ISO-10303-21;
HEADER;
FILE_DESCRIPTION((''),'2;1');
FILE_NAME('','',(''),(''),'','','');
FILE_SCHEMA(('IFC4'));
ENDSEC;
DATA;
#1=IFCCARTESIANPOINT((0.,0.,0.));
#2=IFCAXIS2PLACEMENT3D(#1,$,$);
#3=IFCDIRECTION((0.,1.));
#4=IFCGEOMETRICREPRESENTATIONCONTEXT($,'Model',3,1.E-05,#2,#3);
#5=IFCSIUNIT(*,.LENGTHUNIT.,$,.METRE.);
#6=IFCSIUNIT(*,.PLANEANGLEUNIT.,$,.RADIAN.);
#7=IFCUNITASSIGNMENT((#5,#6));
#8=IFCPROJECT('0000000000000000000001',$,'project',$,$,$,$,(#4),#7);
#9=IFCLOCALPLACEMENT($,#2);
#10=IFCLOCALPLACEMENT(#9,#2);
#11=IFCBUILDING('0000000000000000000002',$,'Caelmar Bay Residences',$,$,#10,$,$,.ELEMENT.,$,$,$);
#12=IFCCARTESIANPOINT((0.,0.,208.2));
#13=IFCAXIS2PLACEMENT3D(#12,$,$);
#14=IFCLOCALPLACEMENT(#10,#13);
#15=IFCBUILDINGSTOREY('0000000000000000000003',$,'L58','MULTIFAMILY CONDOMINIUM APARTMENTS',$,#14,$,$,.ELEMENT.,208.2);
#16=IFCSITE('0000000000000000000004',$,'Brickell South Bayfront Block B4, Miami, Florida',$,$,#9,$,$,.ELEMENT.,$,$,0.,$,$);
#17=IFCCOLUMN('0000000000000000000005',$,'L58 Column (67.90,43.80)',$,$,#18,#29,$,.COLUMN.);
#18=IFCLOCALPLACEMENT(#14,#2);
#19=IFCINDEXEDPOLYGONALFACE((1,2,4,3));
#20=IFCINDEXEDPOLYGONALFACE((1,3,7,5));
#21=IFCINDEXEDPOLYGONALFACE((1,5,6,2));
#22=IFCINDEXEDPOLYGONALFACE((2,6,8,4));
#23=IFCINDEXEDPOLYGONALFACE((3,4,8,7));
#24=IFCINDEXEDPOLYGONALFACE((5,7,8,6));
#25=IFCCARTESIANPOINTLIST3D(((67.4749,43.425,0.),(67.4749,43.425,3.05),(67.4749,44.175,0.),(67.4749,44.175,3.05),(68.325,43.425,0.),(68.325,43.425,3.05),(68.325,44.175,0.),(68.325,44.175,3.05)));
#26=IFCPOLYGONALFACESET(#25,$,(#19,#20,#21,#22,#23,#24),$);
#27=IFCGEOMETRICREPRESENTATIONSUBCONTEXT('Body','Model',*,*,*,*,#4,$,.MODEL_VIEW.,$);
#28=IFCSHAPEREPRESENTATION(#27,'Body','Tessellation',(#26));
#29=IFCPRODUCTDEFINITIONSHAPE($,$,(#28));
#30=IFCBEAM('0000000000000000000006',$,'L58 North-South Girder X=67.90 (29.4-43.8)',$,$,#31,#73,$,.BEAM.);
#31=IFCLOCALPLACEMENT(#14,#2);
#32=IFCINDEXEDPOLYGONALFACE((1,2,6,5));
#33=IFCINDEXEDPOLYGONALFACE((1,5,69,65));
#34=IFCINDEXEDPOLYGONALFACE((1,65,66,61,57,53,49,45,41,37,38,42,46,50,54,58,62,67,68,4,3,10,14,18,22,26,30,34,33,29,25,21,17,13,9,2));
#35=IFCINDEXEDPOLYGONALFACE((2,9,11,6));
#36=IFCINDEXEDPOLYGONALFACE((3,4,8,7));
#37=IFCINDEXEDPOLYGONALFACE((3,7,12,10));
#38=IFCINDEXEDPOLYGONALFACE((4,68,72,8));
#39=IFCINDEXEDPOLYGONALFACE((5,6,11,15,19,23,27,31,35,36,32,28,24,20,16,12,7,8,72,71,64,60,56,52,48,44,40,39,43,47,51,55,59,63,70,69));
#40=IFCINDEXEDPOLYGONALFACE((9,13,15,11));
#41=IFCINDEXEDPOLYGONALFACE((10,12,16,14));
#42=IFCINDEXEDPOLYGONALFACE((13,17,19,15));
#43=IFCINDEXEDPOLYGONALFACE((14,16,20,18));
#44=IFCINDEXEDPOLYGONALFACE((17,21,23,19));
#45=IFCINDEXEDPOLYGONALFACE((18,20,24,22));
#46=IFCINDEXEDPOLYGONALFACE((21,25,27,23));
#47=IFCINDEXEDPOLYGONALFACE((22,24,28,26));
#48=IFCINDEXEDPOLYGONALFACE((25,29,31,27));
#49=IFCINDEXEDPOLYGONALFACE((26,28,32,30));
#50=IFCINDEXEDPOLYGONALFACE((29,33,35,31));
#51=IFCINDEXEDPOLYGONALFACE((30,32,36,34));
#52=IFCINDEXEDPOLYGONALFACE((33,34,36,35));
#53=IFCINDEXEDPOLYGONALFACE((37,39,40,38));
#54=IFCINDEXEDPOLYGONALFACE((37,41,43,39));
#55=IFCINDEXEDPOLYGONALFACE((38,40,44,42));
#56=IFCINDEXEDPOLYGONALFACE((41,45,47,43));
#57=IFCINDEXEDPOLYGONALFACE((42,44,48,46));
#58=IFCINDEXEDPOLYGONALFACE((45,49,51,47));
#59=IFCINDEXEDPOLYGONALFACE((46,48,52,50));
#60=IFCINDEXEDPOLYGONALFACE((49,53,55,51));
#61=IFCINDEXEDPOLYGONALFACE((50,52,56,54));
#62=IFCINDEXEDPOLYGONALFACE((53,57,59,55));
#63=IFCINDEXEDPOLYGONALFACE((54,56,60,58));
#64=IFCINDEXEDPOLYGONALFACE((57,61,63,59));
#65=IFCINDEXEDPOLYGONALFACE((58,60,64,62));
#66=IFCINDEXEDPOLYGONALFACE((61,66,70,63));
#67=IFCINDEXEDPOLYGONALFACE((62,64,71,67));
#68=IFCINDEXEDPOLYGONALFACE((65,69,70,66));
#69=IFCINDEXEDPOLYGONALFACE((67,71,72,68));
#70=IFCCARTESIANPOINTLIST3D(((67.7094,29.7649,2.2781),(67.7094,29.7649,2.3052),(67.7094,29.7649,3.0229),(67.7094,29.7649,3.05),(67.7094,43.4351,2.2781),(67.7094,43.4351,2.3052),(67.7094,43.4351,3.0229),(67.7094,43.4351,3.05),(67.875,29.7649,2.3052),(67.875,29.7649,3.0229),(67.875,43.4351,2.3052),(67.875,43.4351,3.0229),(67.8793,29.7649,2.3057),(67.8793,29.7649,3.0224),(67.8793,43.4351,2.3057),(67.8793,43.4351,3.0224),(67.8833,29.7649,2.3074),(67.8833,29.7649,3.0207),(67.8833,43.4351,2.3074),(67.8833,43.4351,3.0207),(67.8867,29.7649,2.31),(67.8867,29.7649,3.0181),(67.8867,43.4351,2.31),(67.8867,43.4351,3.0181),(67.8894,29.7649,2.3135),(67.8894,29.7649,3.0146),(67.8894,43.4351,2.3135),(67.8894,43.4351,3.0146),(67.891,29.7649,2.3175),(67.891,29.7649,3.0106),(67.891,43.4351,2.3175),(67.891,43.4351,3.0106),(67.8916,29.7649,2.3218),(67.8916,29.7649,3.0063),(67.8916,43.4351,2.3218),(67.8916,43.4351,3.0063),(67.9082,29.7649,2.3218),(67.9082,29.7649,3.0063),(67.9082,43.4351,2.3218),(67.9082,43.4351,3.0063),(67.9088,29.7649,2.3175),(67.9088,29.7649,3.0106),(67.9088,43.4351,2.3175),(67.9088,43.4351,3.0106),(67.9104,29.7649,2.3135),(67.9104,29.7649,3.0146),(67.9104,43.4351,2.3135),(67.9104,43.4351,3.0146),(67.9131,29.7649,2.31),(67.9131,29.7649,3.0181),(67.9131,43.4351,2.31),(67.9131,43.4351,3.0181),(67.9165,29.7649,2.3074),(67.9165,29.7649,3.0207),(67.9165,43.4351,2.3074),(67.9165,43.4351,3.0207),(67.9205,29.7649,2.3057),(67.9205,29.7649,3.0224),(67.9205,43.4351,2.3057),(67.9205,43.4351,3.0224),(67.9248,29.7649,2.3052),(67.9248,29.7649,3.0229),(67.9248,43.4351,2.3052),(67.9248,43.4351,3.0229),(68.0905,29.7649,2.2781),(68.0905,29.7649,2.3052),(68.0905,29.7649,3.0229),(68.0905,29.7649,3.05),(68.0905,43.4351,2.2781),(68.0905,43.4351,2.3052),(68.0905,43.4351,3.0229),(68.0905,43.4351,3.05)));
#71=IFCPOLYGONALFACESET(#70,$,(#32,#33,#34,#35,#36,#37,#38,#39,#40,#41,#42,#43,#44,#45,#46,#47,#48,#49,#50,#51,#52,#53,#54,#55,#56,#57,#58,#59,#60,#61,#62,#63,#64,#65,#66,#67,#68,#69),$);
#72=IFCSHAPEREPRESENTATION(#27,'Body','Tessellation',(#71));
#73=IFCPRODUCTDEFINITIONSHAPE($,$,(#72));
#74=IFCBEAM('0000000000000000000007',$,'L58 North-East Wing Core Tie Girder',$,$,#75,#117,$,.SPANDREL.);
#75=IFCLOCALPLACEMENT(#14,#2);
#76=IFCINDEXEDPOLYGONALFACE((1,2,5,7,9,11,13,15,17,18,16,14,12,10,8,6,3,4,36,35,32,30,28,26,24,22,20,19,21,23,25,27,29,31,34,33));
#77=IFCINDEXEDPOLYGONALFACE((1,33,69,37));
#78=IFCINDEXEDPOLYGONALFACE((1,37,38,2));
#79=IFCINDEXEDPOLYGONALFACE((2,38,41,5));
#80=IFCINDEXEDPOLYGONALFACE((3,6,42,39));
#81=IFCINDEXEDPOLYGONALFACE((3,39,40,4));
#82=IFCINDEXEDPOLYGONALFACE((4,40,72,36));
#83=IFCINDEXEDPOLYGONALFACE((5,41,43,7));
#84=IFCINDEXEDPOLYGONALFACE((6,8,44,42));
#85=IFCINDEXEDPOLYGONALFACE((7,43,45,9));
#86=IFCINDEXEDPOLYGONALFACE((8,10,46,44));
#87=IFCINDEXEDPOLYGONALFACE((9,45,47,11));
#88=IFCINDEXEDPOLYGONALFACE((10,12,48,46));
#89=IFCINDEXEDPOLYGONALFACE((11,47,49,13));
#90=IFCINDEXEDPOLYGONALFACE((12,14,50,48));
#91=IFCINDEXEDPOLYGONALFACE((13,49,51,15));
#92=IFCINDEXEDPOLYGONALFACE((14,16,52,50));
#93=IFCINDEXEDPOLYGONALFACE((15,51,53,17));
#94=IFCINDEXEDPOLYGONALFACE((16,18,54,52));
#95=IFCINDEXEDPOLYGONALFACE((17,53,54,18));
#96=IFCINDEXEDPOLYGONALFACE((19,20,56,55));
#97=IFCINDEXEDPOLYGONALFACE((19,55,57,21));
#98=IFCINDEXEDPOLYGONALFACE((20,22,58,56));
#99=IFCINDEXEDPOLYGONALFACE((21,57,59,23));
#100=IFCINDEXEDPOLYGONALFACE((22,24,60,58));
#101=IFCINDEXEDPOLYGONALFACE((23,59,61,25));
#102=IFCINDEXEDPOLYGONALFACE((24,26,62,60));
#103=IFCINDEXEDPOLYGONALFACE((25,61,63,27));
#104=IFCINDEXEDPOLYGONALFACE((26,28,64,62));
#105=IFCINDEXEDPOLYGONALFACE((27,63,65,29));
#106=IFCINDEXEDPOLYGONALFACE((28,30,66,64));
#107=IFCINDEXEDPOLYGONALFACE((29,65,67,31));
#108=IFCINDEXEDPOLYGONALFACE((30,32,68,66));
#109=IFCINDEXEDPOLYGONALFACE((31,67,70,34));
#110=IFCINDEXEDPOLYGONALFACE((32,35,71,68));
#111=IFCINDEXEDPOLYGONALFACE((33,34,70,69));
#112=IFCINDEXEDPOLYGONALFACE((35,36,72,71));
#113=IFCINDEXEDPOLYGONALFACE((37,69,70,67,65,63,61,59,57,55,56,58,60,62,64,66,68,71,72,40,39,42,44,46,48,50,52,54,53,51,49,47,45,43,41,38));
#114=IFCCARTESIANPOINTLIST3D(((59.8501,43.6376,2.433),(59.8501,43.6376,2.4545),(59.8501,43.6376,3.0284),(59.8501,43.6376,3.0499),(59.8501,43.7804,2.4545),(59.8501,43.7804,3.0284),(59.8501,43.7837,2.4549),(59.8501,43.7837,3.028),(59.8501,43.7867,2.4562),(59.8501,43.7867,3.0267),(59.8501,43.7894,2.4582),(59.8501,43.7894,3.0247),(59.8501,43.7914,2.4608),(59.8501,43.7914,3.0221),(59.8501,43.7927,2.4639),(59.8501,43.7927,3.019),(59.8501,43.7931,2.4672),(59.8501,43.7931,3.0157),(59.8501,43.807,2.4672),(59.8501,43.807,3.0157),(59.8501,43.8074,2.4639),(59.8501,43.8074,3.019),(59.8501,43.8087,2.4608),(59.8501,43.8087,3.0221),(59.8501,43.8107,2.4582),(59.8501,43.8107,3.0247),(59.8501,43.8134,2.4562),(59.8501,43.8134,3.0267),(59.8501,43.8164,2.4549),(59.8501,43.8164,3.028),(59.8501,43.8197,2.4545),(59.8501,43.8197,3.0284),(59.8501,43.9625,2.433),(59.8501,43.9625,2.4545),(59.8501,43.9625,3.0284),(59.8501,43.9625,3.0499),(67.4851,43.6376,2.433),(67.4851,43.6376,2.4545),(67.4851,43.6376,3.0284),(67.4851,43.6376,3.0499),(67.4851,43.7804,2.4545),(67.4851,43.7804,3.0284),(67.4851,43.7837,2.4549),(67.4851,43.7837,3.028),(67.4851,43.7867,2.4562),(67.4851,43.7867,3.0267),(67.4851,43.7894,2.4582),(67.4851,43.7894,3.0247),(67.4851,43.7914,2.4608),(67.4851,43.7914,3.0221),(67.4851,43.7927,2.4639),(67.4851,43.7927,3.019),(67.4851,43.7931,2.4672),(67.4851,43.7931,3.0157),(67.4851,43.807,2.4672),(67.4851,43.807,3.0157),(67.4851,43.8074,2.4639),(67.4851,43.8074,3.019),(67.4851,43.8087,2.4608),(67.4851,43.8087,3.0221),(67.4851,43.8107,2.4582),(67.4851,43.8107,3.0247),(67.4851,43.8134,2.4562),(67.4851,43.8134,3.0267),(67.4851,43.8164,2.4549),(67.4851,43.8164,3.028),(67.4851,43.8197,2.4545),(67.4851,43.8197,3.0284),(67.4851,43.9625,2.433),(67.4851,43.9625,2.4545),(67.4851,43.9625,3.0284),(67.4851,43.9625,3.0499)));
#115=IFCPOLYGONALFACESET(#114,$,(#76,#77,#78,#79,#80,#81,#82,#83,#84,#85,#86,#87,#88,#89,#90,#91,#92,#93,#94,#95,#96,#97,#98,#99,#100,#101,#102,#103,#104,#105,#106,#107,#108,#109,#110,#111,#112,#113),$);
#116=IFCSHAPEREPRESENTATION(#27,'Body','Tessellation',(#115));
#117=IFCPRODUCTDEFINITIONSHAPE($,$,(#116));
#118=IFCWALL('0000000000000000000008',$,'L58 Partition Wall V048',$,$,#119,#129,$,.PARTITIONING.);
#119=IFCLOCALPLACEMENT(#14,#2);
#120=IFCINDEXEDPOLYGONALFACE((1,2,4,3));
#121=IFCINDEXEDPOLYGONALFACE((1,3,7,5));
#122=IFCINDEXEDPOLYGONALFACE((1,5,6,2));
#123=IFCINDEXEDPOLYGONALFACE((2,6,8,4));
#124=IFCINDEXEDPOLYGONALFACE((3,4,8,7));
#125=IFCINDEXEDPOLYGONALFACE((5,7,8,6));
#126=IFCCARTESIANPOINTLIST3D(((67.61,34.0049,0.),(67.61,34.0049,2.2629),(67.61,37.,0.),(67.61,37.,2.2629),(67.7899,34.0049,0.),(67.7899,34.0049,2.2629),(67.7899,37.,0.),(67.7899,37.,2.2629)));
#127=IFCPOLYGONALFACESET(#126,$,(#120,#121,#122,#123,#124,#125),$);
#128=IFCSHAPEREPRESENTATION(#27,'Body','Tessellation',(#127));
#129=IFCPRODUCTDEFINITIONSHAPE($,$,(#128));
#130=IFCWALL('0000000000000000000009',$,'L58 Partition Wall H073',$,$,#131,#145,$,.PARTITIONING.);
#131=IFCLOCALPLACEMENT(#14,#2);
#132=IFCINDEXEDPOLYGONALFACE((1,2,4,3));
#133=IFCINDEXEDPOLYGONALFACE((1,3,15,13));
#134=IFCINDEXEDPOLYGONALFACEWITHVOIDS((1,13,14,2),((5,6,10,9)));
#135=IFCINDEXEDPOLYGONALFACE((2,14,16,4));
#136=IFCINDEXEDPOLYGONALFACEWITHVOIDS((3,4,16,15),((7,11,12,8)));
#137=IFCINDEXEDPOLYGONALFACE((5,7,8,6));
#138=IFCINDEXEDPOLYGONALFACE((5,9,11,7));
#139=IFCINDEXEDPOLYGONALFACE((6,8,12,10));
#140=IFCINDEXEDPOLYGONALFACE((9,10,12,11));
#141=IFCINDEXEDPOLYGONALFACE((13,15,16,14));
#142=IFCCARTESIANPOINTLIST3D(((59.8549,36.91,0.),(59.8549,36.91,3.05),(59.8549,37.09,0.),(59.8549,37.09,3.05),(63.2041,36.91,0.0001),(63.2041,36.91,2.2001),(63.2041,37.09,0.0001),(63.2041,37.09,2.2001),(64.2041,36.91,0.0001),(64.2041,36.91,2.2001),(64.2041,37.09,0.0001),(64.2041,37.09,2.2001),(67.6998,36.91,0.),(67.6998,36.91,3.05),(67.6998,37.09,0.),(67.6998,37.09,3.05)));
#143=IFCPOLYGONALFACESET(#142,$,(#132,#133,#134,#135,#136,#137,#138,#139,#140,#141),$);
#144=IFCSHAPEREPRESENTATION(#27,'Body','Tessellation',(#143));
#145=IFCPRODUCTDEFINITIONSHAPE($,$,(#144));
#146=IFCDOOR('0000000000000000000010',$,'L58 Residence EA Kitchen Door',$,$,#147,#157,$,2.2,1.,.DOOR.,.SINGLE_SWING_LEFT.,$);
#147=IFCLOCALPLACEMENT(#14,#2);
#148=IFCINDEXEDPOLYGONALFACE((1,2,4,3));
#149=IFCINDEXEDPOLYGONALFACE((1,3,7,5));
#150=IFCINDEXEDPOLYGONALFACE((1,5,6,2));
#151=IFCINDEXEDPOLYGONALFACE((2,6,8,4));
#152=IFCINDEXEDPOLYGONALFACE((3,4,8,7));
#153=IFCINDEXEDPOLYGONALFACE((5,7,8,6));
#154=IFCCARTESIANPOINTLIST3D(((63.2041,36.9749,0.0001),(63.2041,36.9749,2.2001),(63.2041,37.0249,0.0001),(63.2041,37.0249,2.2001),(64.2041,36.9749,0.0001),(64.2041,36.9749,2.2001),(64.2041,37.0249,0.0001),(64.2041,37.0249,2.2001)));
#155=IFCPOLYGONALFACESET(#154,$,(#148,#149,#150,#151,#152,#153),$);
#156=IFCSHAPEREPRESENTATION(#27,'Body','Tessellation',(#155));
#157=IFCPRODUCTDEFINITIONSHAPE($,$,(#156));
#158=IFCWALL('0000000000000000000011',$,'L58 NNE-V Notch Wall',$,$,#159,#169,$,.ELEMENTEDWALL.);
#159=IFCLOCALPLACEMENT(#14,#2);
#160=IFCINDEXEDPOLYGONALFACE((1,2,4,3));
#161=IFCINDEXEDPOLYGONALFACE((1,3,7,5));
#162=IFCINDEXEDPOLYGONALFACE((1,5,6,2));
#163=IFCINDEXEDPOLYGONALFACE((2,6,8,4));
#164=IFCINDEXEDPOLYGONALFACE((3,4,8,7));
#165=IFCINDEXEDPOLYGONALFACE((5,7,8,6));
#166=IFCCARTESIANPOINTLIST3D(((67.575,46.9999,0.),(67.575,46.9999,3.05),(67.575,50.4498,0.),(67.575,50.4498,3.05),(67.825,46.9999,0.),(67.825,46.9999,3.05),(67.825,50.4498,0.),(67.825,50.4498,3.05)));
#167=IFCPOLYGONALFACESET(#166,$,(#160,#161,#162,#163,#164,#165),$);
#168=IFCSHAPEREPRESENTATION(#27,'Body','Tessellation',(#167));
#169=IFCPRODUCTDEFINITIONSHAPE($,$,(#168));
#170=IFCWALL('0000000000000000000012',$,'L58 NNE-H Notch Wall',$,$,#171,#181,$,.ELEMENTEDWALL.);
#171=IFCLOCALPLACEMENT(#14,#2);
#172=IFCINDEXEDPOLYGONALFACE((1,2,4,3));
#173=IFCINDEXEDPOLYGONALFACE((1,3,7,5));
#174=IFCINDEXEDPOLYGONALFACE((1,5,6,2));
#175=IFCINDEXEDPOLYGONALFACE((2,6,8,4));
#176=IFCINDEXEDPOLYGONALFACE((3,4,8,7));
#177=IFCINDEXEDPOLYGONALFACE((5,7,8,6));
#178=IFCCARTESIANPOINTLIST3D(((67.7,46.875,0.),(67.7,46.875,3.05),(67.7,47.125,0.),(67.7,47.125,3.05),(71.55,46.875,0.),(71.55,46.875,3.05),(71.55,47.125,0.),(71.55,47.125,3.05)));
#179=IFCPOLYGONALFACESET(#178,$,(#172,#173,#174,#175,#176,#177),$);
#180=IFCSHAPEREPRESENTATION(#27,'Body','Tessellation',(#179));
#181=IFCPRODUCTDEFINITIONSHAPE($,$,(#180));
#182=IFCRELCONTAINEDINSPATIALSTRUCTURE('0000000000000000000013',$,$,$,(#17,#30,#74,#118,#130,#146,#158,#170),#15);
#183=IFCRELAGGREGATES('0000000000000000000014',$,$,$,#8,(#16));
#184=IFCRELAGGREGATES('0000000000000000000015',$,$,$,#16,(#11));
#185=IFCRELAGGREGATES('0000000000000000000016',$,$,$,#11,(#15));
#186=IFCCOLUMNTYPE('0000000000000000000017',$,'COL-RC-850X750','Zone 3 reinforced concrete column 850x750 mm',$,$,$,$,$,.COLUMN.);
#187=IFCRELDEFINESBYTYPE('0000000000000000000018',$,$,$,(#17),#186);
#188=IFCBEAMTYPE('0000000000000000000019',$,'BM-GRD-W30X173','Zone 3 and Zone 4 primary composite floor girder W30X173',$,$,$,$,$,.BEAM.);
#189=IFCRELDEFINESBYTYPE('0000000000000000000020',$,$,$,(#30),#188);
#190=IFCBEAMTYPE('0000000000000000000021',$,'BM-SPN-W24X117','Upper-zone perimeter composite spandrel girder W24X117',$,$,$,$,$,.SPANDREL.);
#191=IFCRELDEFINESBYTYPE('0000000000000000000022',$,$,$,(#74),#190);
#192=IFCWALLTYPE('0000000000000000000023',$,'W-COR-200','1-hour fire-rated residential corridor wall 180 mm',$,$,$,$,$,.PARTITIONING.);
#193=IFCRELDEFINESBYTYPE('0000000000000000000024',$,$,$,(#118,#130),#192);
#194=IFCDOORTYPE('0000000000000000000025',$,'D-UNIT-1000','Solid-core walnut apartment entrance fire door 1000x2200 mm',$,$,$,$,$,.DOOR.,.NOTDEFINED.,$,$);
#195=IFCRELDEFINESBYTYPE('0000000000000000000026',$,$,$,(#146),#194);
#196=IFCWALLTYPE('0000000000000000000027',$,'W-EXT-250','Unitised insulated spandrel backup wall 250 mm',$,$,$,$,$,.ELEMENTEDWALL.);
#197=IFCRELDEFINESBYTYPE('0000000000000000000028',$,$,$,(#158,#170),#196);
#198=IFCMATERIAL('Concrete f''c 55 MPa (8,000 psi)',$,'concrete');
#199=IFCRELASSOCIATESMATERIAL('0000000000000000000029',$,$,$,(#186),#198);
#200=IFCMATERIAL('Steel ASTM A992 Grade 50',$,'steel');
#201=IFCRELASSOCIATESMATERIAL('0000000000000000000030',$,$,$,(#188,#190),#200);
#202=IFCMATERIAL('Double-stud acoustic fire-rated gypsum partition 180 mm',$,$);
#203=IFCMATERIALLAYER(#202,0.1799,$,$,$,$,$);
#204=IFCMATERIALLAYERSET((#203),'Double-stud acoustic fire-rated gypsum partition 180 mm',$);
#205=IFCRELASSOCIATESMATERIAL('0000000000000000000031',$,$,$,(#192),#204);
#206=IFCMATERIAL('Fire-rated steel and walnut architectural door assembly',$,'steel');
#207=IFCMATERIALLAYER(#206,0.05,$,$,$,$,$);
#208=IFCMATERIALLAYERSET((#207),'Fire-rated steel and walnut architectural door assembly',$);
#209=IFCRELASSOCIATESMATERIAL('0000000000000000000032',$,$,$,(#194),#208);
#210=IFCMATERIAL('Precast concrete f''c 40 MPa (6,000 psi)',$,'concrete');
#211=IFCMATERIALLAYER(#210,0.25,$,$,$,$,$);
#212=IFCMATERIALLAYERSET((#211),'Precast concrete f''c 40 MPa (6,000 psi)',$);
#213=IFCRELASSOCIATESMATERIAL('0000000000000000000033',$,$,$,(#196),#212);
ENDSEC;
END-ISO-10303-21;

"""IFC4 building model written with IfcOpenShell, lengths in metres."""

from ifc_helpers import new_model, si_unit, direction, frame, frame_2d, origin, origin_2d, place, context, subcontext, project, spatial, rectangle, i_section, extrude, material, layer, layer_set, material_profile, profile_set, type_object, element, fill, save


model = new_model("IFC4")

# Units and contexts
model_context = context("Model", 3, precision=1e-05, world=origin(), true_north=direction((0.0, 1.0)))
body_context = subcontext(model_context, "Body", "Model", "MODEL_VIEW")
ifc_project = project(units=[si_unit("LENGTHUNIT", "METRE"), si_unit("PLANEANGLEUNIT", "RADIAN")], contexts=[model_context])

# Site, building, storey
site_placement = place(None, origin())
site = spatial("IfcSite", under=ifc_project, at=site_placement, Name="Brickell South Bayfront Block B4, Miami, Florida", CompositionType="ELEMENT", RefElevation=0.0)
building_placement = place(site_placement, origin())
building = spatial("IfcBuilding", under=site, at=building_placement, Name="Caelmar Bay Residences", CompositionType="ELEMENT")
storey_placement = place(building_placement, frame((0.0, 0.0, 208.2)))
storey = spatial("IfcBuildingStorey", under=building, at=storey_placement, Name="L58", Description="MULTIFAMILY CONDOMINIUM APARTMENTS", CompositionType="ELEMENT", Elevation=208.2)

# Column
ifc_material_1 = material(Name="Concrete f'c 55 MPa (8,000 psi)", Category="concrete")
ifc_material_profile_1 = material_profile(ifc_material_1, rectangle(XDim=0.8501, YDim=0.75, at=origin_2d()), Name="RC-COL-850X750")
ifc_profile_set_1 = profile_set([ifc_material_profile_1], Name="Concrete f'c 55 MPa (8,000 psi)")
column_type = type_object("IfcColumnType", Name="COL-RC-850X750", Description="Zone 3 reinforced concrete column 850x750 mm", PredefinedType="COLUMN", material=ifc_profile_set_1)
column_placement = place(storey_placement, frame((67.8999, 43.8, 0.0), z_axis=(0.0, 0.0, 1.0), x_axis=(1.0, 0.0, 0.0)))
element("IfcColumn", 1, at=column_placement, inside=storey, type_object=column_type, Name="L58 Column (67.90,43.80)", PredefinedType="COLUMN", context=body_context, shape_type="SweptSolid", body=[
    extrude(rectangle(XDim=0.8501, YDim=0.75, at=origin_2d()), origin(), (0.0, 0.0, 1.0), 3.05),
])

# Beams
ifc_material_2 = material(Name="Steel ASTM A992 Grade 50", Category="steel")
ifc_material_profile_2 = material_profile(ifc_material_2, i_section(OverallWidth=0.3811, OverallDepth=0.772, WebThickness=0.0166, FlangeThickness=0.0271, FilletRadius=0.0166, at=origin_2d()), Name="W30X173")
ifc_profile_set_2 = profile_set([ifc_material_profile_2], Name="Steel ASTM A992 Grade 50")
beam_type_1 = type_object("IfcBeamType", Name="BM-GRD-W30X173", Description="Zone 3 and Zone 4 primary composite floor girder W30X173", PredefinedType="BEAM", material=ifc_profile_set_2)
beam_1_placement = place(storey_placement, frame((67.8999, 29.7649, 2.6641), z_axis=(0.0, 1.0, 0.0), x_axis=(-1.0, 0.0, 0.0)))
element("IfcBeam", 2, at=beam_1_placement, inside=storey, type_object=beam_type_1, Name="L58 North-South Girder X=67.90 (29.4-43.8)", PredefinedType="BEAM", context=body_context, shape_type="SweptSolid", body=[
    extrude(i_section(OverallWidth=0.3811, OverallDepth=0.772, WebThickness=0.0166, FlangeThickness=0.0271, FilletRadius=0.0166, at=origin_2d()), origin(), (0.0, 0.0, 1.0), 13.6702),
])
ifc_material_profile_3 = material_profile(ifc_material_2, i_section(OverallWidth=0.325, OverallDepth=0.6169, WebThickness=0.0139, FlangeThickness=0.0215, FilletRadius=0.0127, at=origin_2d()), Name="W24X117")
ifc_profile_set_3 = profile_set([ifc_material_profile_3], Name="Steel ASTM A992 Grade 50")
beam_type_2 = type_object("IfcBeamType", Name="BM-SPN-W24X117", Description="Upper-zone perimeter composite spandrel girder W24X117", PredefinedType="SPANDREL", material=ifc_profile_set_3)
beam_2_placement = place(storey_placement, frame((59.8501, 43.8, 2.7415), z_axis=(1.0, 0.0, 0.0), x_axis=(0.0, 1.0, 0.0)))
element("IfcBeam", 3, at=beam_2_placement, inside=storey, type_object=beam_type_2, Name="L58 North-East Wing Core Tie Girder", PredefinedType="SPANDREL", context=body_context, shape_type="SweptSolid", body=[
    extrude(i_section(OverallWidth=0.325, OverallDepth=0.6169, WebThickness=0.0139, FlangeThickness=0.0215, FilletRadius=0.0127, at=origin_2d()), origin(), (0.0, 0.0, 1.0), 7.635),
])

# Wall
ifc_material_3 = material(Name="Double-stud acoustic fire-rated gypsum partition 180 mm")
ifc_layer_1 = layer(ifc_material_3, 0.1799)
ifc_layer_set_1 = layer_set([ifc_layer_1], Name="Double-stud acoustic fire-rated gypsum partition 180 mm")
wall_type_1 = type_object("IfcWallType", Name="W-COR-200", Description="1-hour fire-rated residential corridor wall 180 mm", PredefinedType="PARTITIONING", material=ifc_layer_set_1)
wall_1_placement = place(storey_placement, frame((67.7, 34.0049, 0.0), z_axis=(0.0, 0.0, 1.0), x_axis=(0.0, 1.0, 0.0)))
element("IfcWall", 4, at=wall_1_placement, inside=storey, type_object=wall_type_1, Name="L58 Partition Wall V048", PredefinedType="PARTITIONING", context=body_context, shape_type="SweptSolid", body=[
    extrude(rectangle(XDim=2.9951, YDim=0.1799, at=frame_2d((1.4976, 0.0))), origin(), (0.0, 0.0, 1.0), 2.2629),
])

# Wall, opening, door
wall_2_placement = place(storey_placement, frame((59.855, 37.0, 0.0), z_axis=(0.0, 0.0, 1.0), x_axis=(1.0, 0.0, 0.0)))
wall_2 = element("IfcWall", 5, at=wall_2_placement, inside=storey, type_object=wall_type_1, Name="L58 Partition Wall H073", PredefinedType="PARTITIONING", context=body_context, shape_type="SweptSolid", body=[
    extrude(rectangle(XDim=7.845, YDim=0.1799, at=frame_2d((3.9224, 0.0))), origin(), (0.0, 0.0, 1.0), 3.05),
])
opening_1_placement = place(wall_2_placement, frame((3.3491, 0.0, 0.0)))
opening_1 = element("IfcOpeningElement", 6, at=opening_1_placement, cuts=wall_2, PredefinedType="OPENING", context=body_context, shape_type="SweptSolid", body=[
    extrude(rectangle(XDim=1.0, YDim=2.2, at=frame_2d((0.5, 1.1001))), frame((0.0, 0.0999, 0.0), z_axis=(0.0, -1.0, 0.0), x_axis=(1.0, 0.0, 0.0)), (0.0, 0.0, 1.0), 0.2),
])
ifc_material_4 = material(Name="Fire-rated steel and walnut architectural door assembly", Category="steel")
ifc_layer_2 = layer(ifc_material_4, 0.05)
ifc_layer_set_2 = layer_set([ifc_layer_2], Name="Fire-rated steel and walnut architectural door assembly")
door_type_1 = type_object("IfcDoorType", Name="D-UNIT-1000", Description="Solid-core walnut apartment entrance fire door 1000x2200 mm", OperationType="NOTDEFINED", PredefinedType="DOOR", material=ifc_layer_set_2)
door_1_placement = place(opening_1_placement, origin())
door_1 = element("IfcDoor", 7, at=door_1_placement, inside=storey, type_object=door_type_1, Name="L58 Residence EA Kitchen Door", OperationType="SINGLE_SWING_LEFT", OverallHeight=2.2, OverallWidth=1.0, PredefinedType="DOOR", context=body_context, shape_type="SweptSolid", body=[
    extrude(rectangle(XDim=1.0, YDim=2.2, at=frame_2d((0.5, 1.1001))), frame((0.0, 0.0249, 0.0), z_axis=(0.0, -1.0, 0.0), x_axis=(1.0, 0.0, 0.0)), (0.0, 0.0, 1.0), 0.05),
])
fill(opening_1, door_1)

# Walls
ifc_material_5 = material(Name="Precast concrete f'c 40 MPa (6,000 psi)", Category="concrete")
ifc_layer_3 = layer(ifc_material_5, 0.25)
ifc_layer_set_3 = layer_set([ifc_layer_3], Name="Precast concrete f'c 40 MPa (6,000 psi)")
wall_type_2 = type_object("IfcWallType", Name="W-EXT-250", Description="Unitised insulated spandrel backup wall 250 mm", PredefinedType="ELEMENTEDWALL", material=ifc_layer_set_3)
wall_3_placement = place(storey_placement, frame((67.7, 50.45, 0.0), z_axis=(0.0, 0.0, 1.0), x_axis=(0.0, -1.0, 0.0)))
element("IfcWall", 8, at=wall_3_placement, inside=storey, type_object=wall_type_2, Name="L58 NNE-V Notch Wall", PredefinedType="ELEMENTEDWALL", context=body_context, shape_type="SweptSolid", body=[
    extrude(rectangle(XDim=3.45, YDim=0.25, at=frame_2d((1.7251, 0.0))), origin(), (0.0, 0.0, 1.0), 3.05),
])
wall_4_placement = place(storey_placement, frame((67.7, 47.0, 0.0), z_axis=(0.0, 0.0, 1.0), x_axis=(1.0, 0.0, 0.0)))
element("IfcWall", 9, at=wall_4_placement, inside=storey, type_object=wall_type_2, Name="L58 NNE-H Notch Wall", PredefinedType="ELEMENTEDWALL", context=body_context, shape_type="SweptSolid", body=[
    extrude(rectangle(XDim=3.8501, YDim=0.25, at=frame_2d((1.925, 0.0))), origin(), (0.0, 0.0, 1.0), 3.05),
])

save(model, "model.ifc")
